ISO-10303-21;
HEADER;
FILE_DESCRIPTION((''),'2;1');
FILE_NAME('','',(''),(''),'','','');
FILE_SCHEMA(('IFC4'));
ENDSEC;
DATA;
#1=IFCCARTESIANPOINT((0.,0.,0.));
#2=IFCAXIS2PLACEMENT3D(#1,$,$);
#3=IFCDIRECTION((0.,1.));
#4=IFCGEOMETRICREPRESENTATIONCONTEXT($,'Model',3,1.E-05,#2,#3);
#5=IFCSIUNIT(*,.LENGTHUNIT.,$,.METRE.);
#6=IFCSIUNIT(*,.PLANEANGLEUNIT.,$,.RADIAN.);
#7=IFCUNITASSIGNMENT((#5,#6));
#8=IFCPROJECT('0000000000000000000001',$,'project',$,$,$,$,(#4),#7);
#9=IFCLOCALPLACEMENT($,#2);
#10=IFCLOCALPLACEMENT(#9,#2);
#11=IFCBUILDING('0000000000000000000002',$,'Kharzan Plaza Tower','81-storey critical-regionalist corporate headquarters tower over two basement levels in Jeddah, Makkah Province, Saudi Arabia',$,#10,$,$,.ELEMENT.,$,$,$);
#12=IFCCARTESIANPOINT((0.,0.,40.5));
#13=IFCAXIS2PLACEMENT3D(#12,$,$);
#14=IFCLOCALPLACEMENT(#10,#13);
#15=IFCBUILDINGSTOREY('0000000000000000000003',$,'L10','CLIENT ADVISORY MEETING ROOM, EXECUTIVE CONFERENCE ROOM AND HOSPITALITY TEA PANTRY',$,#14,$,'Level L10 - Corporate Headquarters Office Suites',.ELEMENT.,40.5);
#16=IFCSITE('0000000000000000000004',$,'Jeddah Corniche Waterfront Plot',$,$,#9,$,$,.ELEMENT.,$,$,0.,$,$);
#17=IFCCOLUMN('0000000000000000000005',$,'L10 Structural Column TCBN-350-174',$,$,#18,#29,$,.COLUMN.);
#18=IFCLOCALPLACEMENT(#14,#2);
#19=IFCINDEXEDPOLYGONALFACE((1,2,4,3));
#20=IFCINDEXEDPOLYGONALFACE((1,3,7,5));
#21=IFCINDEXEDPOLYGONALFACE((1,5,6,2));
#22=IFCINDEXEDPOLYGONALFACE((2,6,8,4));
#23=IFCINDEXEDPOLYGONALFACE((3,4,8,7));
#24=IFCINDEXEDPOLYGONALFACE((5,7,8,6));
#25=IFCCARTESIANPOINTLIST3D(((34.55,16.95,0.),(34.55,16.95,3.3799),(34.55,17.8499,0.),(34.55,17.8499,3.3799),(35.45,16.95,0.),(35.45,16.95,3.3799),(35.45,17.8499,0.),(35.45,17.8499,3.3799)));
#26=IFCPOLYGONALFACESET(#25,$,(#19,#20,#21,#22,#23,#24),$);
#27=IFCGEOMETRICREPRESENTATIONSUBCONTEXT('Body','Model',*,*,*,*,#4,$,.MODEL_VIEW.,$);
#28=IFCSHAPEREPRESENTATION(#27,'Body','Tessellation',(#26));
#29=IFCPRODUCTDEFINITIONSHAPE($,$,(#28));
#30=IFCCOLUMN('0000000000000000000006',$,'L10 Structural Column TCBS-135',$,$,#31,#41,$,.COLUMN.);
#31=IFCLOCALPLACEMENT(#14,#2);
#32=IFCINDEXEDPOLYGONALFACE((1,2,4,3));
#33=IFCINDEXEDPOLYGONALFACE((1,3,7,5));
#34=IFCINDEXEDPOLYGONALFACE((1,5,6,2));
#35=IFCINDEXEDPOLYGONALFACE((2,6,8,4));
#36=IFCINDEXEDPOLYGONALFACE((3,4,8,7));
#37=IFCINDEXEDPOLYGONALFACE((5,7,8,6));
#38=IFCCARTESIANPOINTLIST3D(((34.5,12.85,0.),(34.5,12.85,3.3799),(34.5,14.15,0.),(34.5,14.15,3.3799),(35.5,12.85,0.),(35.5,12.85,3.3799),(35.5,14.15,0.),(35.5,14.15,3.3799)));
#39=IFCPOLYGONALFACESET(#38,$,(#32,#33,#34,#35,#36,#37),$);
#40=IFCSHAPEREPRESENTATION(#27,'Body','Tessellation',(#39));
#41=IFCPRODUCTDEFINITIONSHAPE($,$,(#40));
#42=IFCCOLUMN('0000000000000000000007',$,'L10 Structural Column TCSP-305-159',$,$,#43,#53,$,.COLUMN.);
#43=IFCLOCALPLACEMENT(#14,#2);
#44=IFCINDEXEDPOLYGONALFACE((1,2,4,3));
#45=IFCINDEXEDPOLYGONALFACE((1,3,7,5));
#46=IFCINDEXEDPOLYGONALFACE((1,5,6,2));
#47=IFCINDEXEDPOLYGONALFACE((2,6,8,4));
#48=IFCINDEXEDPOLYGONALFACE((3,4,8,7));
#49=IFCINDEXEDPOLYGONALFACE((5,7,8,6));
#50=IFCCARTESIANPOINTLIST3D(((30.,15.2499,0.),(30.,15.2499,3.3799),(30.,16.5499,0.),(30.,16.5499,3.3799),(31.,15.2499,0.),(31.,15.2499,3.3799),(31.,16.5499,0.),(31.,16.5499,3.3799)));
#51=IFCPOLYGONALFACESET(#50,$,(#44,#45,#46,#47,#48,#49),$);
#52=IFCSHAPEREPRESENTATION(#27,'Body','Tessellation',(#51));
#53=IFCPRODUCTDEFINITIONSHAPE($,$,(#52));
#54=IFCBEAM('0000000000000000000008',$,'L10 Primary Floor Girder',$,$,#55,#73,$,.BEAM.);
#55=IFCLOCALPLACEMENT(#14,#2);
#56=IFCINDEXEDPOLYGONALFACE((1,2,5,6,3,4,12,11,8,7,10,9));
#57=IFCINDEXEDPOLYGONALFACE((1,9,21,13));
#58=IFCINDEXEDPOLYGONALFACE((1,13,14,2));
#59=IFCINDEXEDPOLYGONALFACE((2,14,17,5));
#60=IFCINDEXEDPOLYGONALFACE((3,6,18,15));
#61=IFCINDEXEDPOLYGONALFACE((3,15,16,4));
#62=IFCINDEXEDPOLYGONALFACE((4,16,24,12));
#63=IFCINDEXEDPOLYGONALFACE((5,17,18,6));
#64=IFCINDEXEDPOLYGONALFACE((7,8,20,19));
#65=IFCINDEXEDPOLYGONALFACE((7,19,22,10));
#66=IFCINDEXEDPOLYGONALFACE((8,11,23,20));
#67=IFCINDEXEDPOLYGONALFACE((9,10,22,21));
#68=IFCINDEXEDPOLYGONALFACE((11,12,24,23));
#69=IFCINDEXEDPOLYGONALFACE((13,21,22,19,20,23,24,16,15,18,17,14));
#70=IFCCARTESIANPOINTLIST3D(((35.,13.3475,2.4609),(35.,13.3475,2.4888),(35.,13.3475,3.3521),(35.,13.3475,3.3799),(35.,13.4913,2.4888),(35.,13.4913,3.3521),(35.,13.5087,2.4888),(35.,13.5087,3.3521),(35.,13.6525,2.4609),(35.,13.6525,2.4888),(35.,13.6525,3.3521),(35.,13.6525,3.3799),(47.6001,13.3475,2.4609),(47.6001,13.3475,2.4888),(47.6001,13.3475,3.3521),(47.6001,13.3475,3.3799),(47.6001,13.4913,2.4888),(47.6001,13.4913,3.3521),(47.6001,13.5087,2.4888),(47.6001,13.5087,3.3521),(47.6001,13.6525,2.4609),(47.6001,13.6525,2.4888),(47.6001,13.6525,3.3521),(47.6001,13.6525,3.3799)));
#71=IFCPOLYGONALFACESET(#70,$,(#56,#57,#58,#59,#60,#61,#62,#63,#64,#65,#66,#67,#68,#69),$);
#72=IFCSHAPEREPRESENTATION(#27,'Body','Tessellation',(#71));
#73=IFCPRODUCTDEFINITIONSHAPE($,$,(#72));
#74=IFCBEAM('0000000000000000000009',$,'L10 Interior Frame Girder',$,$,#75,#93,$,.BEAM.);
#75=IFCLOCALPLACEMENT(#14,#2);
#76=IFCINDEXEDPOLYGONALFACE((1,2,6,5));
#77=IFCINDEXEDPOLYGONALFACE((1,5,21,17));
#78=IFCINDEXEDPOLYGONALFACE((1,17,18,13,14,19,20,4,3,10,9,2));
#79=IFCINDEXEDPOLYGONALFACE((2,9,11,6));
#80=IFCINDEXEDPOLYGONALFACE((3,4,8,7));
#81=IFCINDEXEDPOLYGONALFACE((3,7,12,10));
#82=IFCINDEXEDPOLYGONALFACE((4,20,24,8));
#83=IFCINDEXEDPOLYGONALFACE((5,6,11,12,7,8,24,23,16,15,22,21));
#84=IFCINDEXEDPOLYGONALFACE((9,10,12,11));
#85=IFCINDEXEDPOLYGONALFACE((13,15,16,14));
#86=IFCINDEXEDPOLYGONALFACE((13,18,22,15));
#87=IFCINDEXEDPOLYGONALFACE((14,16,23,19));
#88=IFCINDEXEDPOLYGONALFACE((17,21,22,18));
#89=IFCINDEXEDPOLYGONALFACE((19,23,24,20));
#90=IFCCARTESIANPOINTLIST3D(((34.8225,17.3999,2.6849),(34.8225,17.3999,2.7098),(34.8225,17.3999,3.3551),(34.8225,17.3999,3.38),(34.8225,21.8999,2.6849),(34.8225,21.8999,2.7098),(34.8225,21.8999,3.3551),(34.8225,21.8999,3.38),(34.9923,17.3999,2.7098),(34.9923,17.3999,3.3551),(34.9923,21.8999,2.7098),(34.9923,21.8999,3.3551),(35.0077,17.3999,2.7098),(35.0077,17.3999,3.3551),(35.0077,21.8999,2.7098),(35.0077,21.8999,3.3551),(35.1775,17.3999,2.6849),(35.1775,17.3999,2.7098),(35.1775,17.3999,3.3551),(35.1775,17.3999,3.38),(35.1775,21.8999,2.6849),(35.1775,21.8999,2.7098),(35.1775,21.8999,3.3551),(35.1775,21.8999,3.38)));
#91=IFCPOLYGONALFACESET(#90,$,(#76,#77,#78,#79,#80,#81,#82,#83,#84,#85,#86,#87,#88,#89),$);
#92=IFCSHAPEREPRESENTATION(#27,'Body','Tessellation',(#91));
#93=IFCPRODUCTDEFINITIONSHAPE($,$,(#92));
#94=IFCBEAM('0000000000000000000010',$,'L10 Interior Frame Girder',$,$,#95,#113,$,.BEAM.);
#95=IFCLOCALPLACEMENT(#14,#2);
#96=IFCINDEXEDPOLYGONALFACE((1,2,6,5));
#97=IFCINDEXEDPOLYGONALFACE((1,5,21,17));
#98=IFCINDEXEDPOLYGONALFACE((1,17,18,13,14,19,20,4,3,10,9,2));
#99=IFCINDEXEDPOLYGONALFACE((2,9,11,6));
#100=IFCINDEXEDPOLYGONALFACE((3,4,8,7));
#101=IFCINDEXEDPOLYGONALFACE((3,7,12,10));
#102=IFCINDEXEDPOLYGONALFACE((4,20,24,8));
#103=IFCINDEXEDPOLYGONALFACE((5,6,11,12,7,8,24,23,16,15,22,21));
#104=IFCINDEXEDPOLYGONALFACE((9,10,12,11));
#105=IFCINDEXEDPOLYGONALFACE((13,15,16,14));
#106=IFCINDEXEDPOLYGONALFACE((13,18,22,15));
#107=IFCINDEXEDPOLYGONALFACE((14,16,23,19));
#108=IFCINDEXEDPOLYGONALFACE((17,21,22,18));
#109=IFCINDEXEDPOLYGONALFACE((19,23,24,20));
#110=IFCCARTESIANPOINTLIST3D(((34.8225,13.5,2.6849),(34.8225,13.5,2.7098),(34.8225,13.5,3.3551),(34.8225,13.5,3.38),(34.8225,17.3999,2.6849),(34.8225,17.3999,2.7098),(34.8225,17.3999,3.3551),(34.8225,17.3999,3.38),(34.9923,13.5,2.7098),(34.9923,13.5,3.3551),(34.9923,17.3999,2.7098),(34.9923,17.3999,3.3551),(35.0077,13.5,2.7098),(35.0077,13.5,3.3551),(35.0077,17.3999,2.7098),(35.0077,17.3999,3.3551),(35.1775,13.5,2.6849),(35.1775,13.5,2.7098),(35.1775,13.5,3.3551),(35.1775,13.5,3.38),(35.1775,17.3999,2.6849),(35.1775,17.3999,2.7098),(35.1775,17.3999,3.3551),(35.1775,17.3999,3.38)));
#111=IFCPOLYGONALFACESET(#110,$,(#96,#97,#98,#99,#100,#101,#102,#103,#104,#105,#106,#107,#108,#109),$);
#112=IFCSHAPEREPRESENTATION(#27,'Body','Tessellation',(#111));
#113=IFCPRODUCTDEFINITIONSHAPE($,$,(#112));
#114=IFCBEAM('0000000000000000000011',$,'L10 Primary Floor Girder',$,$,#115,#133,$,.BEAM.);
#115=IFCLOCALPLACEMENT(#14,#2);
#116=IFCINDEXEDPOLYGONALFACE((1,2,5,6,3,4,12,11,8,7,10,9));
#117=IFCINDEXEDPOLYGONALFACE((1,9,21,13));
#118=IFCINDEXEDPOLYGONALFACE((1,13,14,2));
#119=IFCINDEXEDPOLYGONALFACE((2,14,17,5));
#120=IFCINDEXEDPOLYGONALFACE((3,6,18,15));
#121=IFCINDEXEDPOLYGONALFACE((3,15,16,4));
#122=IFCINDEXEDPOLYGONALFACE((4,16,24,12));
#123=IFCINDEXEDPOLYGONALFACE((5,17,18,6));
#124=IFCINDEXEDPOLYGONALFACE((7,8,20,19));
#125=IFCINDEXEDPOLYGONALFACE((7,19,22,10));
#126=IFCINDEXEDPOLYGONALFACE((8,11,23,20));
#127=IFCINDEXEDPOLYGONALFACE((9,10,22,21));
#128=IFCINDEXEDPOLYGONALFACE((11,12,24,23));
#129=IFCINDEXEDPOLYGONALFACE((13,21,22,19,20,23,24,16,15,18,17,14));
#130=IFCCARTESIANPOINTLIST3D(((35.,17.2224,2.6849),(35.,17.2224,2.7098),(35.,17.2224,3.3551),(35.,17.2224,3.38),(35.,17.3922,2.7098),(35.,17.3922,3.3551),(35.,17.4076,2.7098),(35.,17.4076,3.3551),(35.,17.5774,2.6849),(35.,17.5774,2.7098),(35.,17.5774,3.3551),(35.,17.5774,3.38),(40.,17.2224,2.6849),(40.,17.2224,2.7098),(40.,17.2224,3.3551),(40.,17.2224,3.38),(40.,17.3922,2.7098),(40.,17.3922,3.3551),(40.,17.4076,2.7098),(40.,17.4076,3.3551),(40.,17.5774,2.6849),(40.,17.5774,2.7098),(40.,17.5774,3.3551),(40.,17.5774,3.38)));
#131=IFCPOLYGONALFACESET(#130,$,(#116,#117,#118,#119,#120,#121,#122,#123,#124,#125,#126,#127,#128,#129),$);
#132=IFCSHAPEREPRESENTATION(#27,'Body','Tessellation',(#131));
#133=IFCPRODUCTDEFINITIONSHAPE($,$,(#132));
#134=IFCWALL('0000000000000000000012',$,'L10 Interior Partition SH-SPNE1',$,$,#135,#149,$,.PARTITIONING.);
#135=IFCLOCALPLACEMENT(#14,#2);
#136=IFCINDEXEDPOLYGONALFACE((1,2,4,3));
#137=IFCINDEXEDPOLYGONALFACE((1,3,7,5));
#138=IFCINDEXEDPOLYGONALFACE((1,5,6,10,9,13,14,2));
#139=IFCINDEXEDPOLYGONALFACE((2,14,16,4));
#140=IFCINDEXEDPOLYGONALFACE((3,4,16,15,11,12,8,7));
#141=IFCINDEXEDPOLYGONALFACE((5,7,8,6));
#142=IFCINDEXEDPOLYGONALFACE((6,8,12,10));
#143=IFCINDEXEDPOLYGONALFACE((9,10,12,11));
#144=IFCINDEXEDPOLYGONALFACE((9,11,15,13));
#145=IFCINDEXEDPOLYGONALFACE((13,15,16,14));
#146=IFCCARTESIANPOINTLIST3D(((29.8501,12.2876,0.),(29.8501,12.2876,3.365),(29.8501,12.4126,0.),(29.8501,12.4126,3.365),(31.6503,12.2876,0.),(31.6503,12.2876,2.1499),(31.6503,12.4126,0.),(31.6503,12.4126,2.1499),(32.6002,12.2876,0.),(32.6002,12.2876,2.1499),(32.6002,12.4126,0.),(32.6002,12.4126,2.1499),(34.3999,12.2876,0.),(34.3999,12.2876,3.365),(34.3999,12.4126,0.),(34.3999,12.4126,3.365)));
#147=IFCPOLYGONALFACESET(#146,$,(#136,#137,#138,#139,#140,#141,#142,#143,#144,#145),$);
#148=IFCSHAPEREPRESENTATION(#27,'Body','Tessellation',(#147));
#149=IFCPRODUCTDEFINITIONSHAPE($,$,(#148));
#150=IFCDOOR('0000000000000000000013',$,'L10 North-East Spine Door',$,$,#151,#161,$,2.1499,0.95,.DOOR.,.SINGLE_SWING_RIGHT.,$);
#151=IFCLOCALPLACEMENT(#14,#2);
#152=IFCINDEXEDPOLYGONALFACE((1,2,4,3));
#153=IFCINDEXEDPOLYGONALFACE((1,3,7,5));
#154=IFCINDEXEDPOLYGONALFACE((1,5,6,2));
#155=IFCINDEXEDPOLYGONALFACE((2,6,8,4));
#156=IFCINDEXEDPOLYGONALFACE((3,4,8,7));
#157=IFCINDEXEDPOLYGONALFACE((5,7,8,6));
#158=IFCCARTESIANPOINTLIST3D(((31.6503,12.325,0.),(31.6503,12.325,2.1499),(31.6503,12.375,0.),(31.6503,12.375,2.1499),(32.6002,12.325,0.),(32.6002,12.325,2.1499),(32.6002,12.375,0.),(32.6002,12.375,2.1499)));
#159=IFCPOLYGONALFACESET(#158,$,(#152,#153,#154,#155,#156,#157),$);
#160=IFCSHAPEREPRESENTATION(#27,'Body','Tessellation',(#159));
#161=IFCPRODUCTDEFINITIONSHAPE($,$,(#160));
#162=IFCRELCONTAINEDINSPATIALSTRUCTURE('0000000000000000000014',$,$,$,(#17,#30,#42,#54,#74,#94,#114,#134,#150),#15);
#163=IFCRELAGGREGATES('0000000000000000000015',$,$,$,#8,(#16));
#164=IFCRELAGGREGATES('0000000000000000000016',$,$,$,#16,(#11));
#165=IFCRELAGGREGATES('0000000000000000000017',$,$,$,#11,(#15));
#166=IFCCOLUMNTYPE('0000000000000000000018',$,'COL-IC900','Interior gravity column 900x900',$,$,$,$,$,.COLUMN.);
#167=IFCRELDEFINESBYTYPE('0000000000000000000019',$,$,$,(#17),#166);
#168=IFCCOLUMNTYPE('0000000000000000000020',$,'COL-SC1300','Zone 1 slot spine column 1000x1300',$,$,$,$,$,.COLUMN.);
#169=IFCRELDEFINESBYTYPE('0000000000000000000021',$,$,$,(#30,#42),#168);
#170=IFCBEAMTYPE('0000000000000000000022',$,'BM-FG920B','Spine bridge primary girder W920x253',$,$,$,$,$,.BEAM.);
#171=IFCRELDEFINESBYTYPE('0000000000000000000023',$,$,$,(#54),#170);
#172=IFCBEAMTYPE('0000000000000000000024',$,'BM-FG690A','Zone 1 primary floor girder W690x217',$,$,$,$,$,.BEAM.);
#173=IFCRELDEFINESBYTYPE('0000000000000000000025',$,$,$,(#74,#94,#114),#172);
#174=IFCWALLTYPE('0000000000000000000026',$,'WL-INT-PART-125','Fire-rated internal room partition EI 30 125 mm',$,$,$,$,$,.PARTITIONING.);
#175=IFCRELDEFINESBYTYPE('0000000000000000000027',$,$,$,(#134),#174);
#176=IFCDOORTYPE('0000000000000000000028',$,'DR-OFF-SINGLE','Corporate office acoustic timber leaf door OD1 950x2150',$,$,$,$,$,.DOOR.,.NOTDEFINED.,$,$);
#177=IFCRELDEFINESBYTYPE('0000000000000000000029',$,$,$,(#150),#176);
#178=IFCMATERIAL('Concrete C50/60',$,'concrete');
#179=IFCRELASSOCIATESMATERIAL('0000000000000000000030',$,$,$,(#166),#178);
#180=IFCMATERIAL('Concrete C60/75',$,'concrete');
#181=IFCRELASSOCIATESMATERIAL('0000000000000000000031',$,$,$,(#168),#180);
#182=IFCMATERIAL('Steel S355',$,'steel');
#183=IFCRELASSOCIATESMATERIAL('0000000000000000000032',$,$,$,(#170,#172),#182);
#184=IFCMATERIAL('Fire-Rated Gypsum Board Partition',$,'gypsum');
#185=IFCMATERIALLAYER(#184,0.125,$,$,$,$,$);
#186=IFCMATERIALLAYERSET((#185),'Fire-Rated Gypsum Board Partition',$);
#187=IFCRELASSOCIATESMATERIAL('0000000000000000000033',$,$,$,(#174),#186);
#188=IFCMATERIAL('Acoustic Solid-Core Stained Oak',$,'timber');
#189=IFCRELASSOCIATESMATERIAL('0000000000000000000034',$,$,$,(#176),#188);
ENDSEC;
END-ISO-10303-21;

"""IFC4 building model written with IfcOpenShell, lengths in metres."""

from ifc_helpers import new_model, si_unit, direction, frame, frame_2d, origin, origin_2d, place, context, subcontext, project, spatial, rectangle, i_section, extrude, source, transform, mapped, material, layer, layer_set, material_profile, profile_set, type_object, element, fill, save


model = new_model("IFC4")

# Units and contexts
model_context = context("Model", 3, precision=1e-05, world=origin(), true_north=direction((0.0, 1.0)))
body_context = subcontext(model_context, "Body", "Model", "MODEL_VIEW")
ifc_project = project(units=[si_unit("LENGTHUNIT", "METRE"), si_unit("PLANEANGLEUNIT", "RADIAN")], contexts=[model_context])

# Site, building, storey
site_placement = place(None, origin())
site = spatial("IfcSite", under=ifc_project, at=site_placement, Name="Jeddah Corniche Waterfront Plot", CompositionType="ELEMENT", RefElevation=0.0)
building_placement = place(site_placement, origin())
building = spatial("IfcBuilding", under=site, at=building_placement, Name="Kharzan Plaza Tower", Description="81-storey critical-regionalist corporate headquarters tower over two basement levels in Jeddah, Makkah Province, Saudi Arabia", CompositionType="ELEMENT")
storey_placement = place(building_placement, frame((0.0, 0.0, 40.5)))
storey = spatial("IfcBuildingStorey", under=building, at=storey_placement, Name="L10", Description="CLIENT ADVISORY MEETING ROOM, EXECUTIVE CONFERENCE ROOM AND HOSPITALITY TEA PANTRY", LongName="Level L10 - Corporate Headquarters Office Suites", CompositionType="ELEMENT", Elevation=40.5)

# Columns
ifc_material_1 = material(Name="Concrete C50/60", Category="concrete")
ifc_material_profile_1 = material_profile(ifc_material_1, rectangle(XDim=0.8999, YDim=0.8999, at=origin_2d()), Name="RC-IC900x900")
ifc_profile_set_1 = profile_set([ifc_material_profile_1], Name="Concrete C50/60")
column_type_1 = type_object("IfcColumnType", Name="COL-IC900", Description="Interior gravity column 900x900", PredefinedType="COLUMN", material=ifc_profile_set_1)
shared_shape_1 = source(origin(), body_context, "Body", "SweptSolid", [
    extrude(rectangle(XDim=0.8999, YDim=0.8999, at=origin_2d()), origin(), (0.0, 0.0, 1.0), 3.3799),
])
column_placement = place(storey_placement, frame((35.0, 17.3999, 0.0), z_axis=(0.0, 0.0, 1.0), x_axis=(1.0, 0.0, 0.0)))
element("IfcColumn", 1, at=column_placement, inside=storey, type_object=column_type_1, Name="L10 Structural Column TCBN-350-174", PredefinedType="COLUMN", context=body_context, shape_type="MappedRepresentation", body=[
    mapped(shared_shape_1, transform((0.0, 0.0, 0.0), x_axis=(1.0, 0.0, 0.0), y_axis=(0.0, 1.0, 0.0), z_axis=(0.0, 0.0, 1.0))),
])
ifc_material_2 = material(Name="Concrete C60/75", Category="concrete")
ifc_material_profile_2 = material_profile(ifc_material_2, rectangle(XDim=1.0, YDim=1.3, at=origin_2d()), Name="RC-SC1300x1000")
ifc_profile_set_2 = profile_set([ifc_material_profile_2], Name="Concrete C60/75")
column_type_2 = type_object("IfcColumnType", Name="COL-SC1300", Description="Zone 1 slot spine column 1000x1300", PredefinedType="COLUMN", material=ifc_profile_set_2)
shared_shape_2 = source(origin(), body_context, "Body", "SweptSolid", [
    extrude(rectangle(XDim=1.0, YDim=1.3, at=origin_2d()), origin(), (0.0, 0.0, 1.0), 3.3799),
])
for number, where, z_axis, x_axis, name in (
    (2, (35.0, 13.5, 0.0), (0.0, 0.0, 1.0), (1.0, 0.0, 0.0), "L10 Structural Column TCBS-135"),
    (3, (30.5, 15.8999, 0.0), (0.0, 0.0, 1.0), (1.0, 0.0, 0.0), "L10 Structural Column TCSP-305-159"),
):
    element("IfcColumn", number, at=place(storey_placement, frame(where, z_axis=z_axis, x_axis=x_axis)), inside=storey, type_object=column_type_2, Name=name, PredefinedType="COLUMN", context=body_context, shape_type="MappedRepresentation", body=[
        mapped(shared_shape_2, transform((0.0, 0.0, 0.0), x_axis=(1.0, 0.0, 0.0), y_axis=(0.0, 1.0, 0.0), z_axis=(0.0, 0.0, 1.0))),
    ])

# Beams
ifc_material_3 = material(Name="Steel S355", Category="steel")
ifc_material_profile_3 = material_profile(ifc_material_3, i_section(OverallWidth=0.3049, OverallDepth=0.9189, WebThickness=0.0173, FlangeThickness=0.0278, at=origin_2d()), Name="W920x253")
ifc_profile_set_3 = profile_set([ifc_material_profile_3], Name="Steel S355")
beam_type_1 = type_object("IfcBeamType", Name="BM-FG920B", Description="Spine bridge primary girder W920x253", PredefinedType="BEAM", material=ifc_profile_set_3)
shared_shape_3 = source(origin(), body_context, "Body", "SweptSolid", [
    extrude(i_section(OverallWidth=0.3049, OverallDepth=0.9189, WebThickness=0.0173, FlangeThickness=0.0278, at=origin_2d()), origin(), (0.0, 0.0, 1.0), 12.6001),
])
beam_1_placement = place(storey_placement, frame((35.0, 13.5, 2.9204), z_axis=(1.0, 0.0, 0.0), x_axis=(0.0, 1.0, 0.0)))
element("IfcBeam", 4, at=beam_1_placement, inside=storey, type_object=beam_type_1, Name="L10 Primary Floor Girder", PredefinedType="BEAM", context=body_context, shape_type="MappedRepresentation", body=[
    mapped(shared_shape_3, transform((0.0, 0.0, 0.0), x_axis=(1.0, 0.0, 0.0), y_axis=(0.0, 1.0, 0.0), z_axis=(0.0, 0.0, 1.0))),
])
ifc_material_profile_4 = material_profile(ifc_material_3, i_section(OverallWidth=0.355, OverallDepth=0.6951, WebThickness=0.0154, FlangeThickness=0.0249, at=origin_2d()), Name="W690x217")
ifc_profile_set_4 = profile_set([ifc_material_profile_4], Name="Steel S355")
beam_type_2 = type_object("IfcBeamType", Name="BM-FG690A", Description="Zone 1 primary floor girder W690x217", PredefinedType="BEAM", material=ifc_profile_set_4)
shared_shape_4 = source(origin(), body_context, "Body", "SweptSolid", [
    extrude(i_section(OverallWidth=0.355, OverallDepth=0.6951, WebThickness=0.0154, FlangeThickness=0.0249, at=origin_2d()), origin(), (0.0, 0.0, 1.0), 4.5),
])
beam_2_placement = place(storey_placement, frame((35.0, 17.3999, 3.0325), z_axis=(0.0, 1.0, 0.0), x_axis=(-1.0, 0.0, 0.0)))
element("IfcBeam", 5, at=beam_2_placement, inside=storey, type_object=beam_type_2, Name="L10 Interior Frame Girder", PredefinedType="BEAM", context=body_context, shape_type="MappedRepresentation", body=[
    mapped(shared_shape_4, transform((0.0, 0.0, 0.0), x_axis=(1.0, 0.0, 0.0), y_axis=(0.0, 1.0, 0.0), z_axis=(0.0, 0.0, 1.0))),
])
shared_shape_5 = source(origin(), body_context, "Body", "SweptSolid", [
    extrude(i_section(OverallWidth=0.355, OverallDepth=0.6951, WebThickness=0.0154, FlangeThickness=0.0249, at=origin_2d()), origin(), (0.0, 0.0, 1.0), 3.8999),
])
beam_3_placement = place(storey_placement, frame((35.0, 13.5, 3.0325), z_axis=(0.0, 1.0, 0.0), x_axis=(-1.0, 0.0, 0.0)))
element("IfcBeam", 6, at=beam_3_placement, inside=storey, type_object=beam_type_2, Name="L10 Interior Frame Girder", PredefinedType="BEAM", context=body_context, shape_type="MappedRepresentation", body=[
    mapped(shared_shape_5, transform((0.0, 0.0, 0.0), x_axis=(1.0, 0.0, 0.0), y_axis=(0.0, 1.0, 0.0), z_axis=(0.0, 0.0, 1.0))),
])
shared_shape_6 = source(origin(), body_context, "Body", "SweptSolid", [
    extrude(i_section(OverallWidth=0.355, OverallDepth=0.6951, WebThickness=0.0154, FlangeThickness=0.0249, at=origin_2d()), origin(), (0.0, 0.0, 1.0), 5.0),
])
beam_4_placement = place(storey_placement, frame((35.0, 17.3999, 3.0325), z_axis=(1.0, 0.0, 0.0), x_axis=(0.0, 1.0, 0.0)))
element("IfcBeam", 7, at=beam_4_placement, inside=storey, type_object=beam_type_2, Name="L10 Primary Floor Girder", PredefinedType="BEAM", context=body_context, shape_type="MappedRepresentation", body=[
    mapped(shared_shape_6, transform((0.0, 0.0, 0.0), x_axis=(1.0, 0.0, 0.0), y_axis=(0.0, 1.0, 0.0), z_axis=(0.0, 0.0, 1.0))),
])

# Wall, opening, door
ifc_material_4 = material(Name="Fire-Rated Gypsum Board Partition", Category="gypsum")
ifc_layer_1 = layer(ifc_material_4, 0.125)
ifc_layer_set_1 = layer_set([ifc_layer_1], Name="Fire-Rated Gypsum Board Partition")
wall_type_1 = type_object("IfcWallType", Name="WL-INT-PART-125", Description="Fire-rated internal room partition EI 30 125 mm", PredefinedType="PARTITIONING", material=ifc_layer_set_1)
wall_1_placement = place(storey_placement, frame((29.8501, 12.3501, 0.0), z_axis=(0.0, 0.0, 1.0), x_axis=(1.0, 0.0, 0.0)))
wall_1 = element("IfcWall", 8, at=wall_1_placement, inside=storey, type_object=wall_type_1, Name="L10 Interior Partition SH-SPNE1", PredefinedType="PARTITIONING", context=body_context, shape_type="SweptSolid", body=[
    extrude(rectangle(XDim=4.5498, YDim=0.125, at=frame_2d((2.2749, 0.0))), origin(), (0.0, 0.0, 1.0), 3.365),
])
opening_1_placement = place(wall_1_placement, frame((1.8, 0.0, 0.0)))
opening_1 = element("IfcOpeningElement", 9, at=opening_1_placement, cuts=wall_1, PredefinedType="OPENING", context=body_context, shape_type="SweptSolid", body=[
    extrude(rectangle(XDim=0.95, YDim=2.1499, at=frame_2d((0.4751, 1.075))), frame((0.0, 0.0725, 0.0), z_axis=(0.0, -1.0, 0.0), x_axis=(1.0, 0.0, 0.0)), (0.0, 0.0, 1.0), 0.145),
])
ifc_material_5 = material(Name="Acoustic Solid-Core Stained Oak", Category="timber")
door_type_1 = type_object("IfcDoorType", Name="DR-OFF-SINGLE", Description="Corporate office acoustic timber leaf door OD1 950x2150", OperationType="NOTDEFINED", PredefinedType="DOOR", material=ifc_material_5)
shared_shape_7 = source(origin(), body_context, "Body", "SweptSolid", [
    extrude(rectangle(XDim=0.95, YDim=2.1499, at=frame_2d((0.4751, 1.075))), frame((0.0, 0.0249, 0.0), z_axis=(0.0, -1.0, 0.0), x_axis=(1.0, 0.0, 0.0)), (0.0, 0.0, 1.0), 0.05),
])
door_1_placement = place(opening_1_placement, origin())
door_1 = element("IfcDoor", 10, at=door_1_placement, inside=storey, type_object=door_type_1, Name="L10 North-East Spine Door", OperationType="SINGLE_SWING_RIGHT", OverallHeight=2.1499, OverallWidth=0.95, PredefinedType="DOOR", context=body_context, shape_type="MappedRepresentation", body=[
    mapped(shared_shape_7, transform((0.0, 0.0, 0.0), x_axis=(1.0, 0.0, 0.0), y_axis=(0.0, 1.0, 0.0), z_axis=(0.0, 0.0, 1.0))),
])
fill(opening_1, door_1)

save(model, "model.ifc")
